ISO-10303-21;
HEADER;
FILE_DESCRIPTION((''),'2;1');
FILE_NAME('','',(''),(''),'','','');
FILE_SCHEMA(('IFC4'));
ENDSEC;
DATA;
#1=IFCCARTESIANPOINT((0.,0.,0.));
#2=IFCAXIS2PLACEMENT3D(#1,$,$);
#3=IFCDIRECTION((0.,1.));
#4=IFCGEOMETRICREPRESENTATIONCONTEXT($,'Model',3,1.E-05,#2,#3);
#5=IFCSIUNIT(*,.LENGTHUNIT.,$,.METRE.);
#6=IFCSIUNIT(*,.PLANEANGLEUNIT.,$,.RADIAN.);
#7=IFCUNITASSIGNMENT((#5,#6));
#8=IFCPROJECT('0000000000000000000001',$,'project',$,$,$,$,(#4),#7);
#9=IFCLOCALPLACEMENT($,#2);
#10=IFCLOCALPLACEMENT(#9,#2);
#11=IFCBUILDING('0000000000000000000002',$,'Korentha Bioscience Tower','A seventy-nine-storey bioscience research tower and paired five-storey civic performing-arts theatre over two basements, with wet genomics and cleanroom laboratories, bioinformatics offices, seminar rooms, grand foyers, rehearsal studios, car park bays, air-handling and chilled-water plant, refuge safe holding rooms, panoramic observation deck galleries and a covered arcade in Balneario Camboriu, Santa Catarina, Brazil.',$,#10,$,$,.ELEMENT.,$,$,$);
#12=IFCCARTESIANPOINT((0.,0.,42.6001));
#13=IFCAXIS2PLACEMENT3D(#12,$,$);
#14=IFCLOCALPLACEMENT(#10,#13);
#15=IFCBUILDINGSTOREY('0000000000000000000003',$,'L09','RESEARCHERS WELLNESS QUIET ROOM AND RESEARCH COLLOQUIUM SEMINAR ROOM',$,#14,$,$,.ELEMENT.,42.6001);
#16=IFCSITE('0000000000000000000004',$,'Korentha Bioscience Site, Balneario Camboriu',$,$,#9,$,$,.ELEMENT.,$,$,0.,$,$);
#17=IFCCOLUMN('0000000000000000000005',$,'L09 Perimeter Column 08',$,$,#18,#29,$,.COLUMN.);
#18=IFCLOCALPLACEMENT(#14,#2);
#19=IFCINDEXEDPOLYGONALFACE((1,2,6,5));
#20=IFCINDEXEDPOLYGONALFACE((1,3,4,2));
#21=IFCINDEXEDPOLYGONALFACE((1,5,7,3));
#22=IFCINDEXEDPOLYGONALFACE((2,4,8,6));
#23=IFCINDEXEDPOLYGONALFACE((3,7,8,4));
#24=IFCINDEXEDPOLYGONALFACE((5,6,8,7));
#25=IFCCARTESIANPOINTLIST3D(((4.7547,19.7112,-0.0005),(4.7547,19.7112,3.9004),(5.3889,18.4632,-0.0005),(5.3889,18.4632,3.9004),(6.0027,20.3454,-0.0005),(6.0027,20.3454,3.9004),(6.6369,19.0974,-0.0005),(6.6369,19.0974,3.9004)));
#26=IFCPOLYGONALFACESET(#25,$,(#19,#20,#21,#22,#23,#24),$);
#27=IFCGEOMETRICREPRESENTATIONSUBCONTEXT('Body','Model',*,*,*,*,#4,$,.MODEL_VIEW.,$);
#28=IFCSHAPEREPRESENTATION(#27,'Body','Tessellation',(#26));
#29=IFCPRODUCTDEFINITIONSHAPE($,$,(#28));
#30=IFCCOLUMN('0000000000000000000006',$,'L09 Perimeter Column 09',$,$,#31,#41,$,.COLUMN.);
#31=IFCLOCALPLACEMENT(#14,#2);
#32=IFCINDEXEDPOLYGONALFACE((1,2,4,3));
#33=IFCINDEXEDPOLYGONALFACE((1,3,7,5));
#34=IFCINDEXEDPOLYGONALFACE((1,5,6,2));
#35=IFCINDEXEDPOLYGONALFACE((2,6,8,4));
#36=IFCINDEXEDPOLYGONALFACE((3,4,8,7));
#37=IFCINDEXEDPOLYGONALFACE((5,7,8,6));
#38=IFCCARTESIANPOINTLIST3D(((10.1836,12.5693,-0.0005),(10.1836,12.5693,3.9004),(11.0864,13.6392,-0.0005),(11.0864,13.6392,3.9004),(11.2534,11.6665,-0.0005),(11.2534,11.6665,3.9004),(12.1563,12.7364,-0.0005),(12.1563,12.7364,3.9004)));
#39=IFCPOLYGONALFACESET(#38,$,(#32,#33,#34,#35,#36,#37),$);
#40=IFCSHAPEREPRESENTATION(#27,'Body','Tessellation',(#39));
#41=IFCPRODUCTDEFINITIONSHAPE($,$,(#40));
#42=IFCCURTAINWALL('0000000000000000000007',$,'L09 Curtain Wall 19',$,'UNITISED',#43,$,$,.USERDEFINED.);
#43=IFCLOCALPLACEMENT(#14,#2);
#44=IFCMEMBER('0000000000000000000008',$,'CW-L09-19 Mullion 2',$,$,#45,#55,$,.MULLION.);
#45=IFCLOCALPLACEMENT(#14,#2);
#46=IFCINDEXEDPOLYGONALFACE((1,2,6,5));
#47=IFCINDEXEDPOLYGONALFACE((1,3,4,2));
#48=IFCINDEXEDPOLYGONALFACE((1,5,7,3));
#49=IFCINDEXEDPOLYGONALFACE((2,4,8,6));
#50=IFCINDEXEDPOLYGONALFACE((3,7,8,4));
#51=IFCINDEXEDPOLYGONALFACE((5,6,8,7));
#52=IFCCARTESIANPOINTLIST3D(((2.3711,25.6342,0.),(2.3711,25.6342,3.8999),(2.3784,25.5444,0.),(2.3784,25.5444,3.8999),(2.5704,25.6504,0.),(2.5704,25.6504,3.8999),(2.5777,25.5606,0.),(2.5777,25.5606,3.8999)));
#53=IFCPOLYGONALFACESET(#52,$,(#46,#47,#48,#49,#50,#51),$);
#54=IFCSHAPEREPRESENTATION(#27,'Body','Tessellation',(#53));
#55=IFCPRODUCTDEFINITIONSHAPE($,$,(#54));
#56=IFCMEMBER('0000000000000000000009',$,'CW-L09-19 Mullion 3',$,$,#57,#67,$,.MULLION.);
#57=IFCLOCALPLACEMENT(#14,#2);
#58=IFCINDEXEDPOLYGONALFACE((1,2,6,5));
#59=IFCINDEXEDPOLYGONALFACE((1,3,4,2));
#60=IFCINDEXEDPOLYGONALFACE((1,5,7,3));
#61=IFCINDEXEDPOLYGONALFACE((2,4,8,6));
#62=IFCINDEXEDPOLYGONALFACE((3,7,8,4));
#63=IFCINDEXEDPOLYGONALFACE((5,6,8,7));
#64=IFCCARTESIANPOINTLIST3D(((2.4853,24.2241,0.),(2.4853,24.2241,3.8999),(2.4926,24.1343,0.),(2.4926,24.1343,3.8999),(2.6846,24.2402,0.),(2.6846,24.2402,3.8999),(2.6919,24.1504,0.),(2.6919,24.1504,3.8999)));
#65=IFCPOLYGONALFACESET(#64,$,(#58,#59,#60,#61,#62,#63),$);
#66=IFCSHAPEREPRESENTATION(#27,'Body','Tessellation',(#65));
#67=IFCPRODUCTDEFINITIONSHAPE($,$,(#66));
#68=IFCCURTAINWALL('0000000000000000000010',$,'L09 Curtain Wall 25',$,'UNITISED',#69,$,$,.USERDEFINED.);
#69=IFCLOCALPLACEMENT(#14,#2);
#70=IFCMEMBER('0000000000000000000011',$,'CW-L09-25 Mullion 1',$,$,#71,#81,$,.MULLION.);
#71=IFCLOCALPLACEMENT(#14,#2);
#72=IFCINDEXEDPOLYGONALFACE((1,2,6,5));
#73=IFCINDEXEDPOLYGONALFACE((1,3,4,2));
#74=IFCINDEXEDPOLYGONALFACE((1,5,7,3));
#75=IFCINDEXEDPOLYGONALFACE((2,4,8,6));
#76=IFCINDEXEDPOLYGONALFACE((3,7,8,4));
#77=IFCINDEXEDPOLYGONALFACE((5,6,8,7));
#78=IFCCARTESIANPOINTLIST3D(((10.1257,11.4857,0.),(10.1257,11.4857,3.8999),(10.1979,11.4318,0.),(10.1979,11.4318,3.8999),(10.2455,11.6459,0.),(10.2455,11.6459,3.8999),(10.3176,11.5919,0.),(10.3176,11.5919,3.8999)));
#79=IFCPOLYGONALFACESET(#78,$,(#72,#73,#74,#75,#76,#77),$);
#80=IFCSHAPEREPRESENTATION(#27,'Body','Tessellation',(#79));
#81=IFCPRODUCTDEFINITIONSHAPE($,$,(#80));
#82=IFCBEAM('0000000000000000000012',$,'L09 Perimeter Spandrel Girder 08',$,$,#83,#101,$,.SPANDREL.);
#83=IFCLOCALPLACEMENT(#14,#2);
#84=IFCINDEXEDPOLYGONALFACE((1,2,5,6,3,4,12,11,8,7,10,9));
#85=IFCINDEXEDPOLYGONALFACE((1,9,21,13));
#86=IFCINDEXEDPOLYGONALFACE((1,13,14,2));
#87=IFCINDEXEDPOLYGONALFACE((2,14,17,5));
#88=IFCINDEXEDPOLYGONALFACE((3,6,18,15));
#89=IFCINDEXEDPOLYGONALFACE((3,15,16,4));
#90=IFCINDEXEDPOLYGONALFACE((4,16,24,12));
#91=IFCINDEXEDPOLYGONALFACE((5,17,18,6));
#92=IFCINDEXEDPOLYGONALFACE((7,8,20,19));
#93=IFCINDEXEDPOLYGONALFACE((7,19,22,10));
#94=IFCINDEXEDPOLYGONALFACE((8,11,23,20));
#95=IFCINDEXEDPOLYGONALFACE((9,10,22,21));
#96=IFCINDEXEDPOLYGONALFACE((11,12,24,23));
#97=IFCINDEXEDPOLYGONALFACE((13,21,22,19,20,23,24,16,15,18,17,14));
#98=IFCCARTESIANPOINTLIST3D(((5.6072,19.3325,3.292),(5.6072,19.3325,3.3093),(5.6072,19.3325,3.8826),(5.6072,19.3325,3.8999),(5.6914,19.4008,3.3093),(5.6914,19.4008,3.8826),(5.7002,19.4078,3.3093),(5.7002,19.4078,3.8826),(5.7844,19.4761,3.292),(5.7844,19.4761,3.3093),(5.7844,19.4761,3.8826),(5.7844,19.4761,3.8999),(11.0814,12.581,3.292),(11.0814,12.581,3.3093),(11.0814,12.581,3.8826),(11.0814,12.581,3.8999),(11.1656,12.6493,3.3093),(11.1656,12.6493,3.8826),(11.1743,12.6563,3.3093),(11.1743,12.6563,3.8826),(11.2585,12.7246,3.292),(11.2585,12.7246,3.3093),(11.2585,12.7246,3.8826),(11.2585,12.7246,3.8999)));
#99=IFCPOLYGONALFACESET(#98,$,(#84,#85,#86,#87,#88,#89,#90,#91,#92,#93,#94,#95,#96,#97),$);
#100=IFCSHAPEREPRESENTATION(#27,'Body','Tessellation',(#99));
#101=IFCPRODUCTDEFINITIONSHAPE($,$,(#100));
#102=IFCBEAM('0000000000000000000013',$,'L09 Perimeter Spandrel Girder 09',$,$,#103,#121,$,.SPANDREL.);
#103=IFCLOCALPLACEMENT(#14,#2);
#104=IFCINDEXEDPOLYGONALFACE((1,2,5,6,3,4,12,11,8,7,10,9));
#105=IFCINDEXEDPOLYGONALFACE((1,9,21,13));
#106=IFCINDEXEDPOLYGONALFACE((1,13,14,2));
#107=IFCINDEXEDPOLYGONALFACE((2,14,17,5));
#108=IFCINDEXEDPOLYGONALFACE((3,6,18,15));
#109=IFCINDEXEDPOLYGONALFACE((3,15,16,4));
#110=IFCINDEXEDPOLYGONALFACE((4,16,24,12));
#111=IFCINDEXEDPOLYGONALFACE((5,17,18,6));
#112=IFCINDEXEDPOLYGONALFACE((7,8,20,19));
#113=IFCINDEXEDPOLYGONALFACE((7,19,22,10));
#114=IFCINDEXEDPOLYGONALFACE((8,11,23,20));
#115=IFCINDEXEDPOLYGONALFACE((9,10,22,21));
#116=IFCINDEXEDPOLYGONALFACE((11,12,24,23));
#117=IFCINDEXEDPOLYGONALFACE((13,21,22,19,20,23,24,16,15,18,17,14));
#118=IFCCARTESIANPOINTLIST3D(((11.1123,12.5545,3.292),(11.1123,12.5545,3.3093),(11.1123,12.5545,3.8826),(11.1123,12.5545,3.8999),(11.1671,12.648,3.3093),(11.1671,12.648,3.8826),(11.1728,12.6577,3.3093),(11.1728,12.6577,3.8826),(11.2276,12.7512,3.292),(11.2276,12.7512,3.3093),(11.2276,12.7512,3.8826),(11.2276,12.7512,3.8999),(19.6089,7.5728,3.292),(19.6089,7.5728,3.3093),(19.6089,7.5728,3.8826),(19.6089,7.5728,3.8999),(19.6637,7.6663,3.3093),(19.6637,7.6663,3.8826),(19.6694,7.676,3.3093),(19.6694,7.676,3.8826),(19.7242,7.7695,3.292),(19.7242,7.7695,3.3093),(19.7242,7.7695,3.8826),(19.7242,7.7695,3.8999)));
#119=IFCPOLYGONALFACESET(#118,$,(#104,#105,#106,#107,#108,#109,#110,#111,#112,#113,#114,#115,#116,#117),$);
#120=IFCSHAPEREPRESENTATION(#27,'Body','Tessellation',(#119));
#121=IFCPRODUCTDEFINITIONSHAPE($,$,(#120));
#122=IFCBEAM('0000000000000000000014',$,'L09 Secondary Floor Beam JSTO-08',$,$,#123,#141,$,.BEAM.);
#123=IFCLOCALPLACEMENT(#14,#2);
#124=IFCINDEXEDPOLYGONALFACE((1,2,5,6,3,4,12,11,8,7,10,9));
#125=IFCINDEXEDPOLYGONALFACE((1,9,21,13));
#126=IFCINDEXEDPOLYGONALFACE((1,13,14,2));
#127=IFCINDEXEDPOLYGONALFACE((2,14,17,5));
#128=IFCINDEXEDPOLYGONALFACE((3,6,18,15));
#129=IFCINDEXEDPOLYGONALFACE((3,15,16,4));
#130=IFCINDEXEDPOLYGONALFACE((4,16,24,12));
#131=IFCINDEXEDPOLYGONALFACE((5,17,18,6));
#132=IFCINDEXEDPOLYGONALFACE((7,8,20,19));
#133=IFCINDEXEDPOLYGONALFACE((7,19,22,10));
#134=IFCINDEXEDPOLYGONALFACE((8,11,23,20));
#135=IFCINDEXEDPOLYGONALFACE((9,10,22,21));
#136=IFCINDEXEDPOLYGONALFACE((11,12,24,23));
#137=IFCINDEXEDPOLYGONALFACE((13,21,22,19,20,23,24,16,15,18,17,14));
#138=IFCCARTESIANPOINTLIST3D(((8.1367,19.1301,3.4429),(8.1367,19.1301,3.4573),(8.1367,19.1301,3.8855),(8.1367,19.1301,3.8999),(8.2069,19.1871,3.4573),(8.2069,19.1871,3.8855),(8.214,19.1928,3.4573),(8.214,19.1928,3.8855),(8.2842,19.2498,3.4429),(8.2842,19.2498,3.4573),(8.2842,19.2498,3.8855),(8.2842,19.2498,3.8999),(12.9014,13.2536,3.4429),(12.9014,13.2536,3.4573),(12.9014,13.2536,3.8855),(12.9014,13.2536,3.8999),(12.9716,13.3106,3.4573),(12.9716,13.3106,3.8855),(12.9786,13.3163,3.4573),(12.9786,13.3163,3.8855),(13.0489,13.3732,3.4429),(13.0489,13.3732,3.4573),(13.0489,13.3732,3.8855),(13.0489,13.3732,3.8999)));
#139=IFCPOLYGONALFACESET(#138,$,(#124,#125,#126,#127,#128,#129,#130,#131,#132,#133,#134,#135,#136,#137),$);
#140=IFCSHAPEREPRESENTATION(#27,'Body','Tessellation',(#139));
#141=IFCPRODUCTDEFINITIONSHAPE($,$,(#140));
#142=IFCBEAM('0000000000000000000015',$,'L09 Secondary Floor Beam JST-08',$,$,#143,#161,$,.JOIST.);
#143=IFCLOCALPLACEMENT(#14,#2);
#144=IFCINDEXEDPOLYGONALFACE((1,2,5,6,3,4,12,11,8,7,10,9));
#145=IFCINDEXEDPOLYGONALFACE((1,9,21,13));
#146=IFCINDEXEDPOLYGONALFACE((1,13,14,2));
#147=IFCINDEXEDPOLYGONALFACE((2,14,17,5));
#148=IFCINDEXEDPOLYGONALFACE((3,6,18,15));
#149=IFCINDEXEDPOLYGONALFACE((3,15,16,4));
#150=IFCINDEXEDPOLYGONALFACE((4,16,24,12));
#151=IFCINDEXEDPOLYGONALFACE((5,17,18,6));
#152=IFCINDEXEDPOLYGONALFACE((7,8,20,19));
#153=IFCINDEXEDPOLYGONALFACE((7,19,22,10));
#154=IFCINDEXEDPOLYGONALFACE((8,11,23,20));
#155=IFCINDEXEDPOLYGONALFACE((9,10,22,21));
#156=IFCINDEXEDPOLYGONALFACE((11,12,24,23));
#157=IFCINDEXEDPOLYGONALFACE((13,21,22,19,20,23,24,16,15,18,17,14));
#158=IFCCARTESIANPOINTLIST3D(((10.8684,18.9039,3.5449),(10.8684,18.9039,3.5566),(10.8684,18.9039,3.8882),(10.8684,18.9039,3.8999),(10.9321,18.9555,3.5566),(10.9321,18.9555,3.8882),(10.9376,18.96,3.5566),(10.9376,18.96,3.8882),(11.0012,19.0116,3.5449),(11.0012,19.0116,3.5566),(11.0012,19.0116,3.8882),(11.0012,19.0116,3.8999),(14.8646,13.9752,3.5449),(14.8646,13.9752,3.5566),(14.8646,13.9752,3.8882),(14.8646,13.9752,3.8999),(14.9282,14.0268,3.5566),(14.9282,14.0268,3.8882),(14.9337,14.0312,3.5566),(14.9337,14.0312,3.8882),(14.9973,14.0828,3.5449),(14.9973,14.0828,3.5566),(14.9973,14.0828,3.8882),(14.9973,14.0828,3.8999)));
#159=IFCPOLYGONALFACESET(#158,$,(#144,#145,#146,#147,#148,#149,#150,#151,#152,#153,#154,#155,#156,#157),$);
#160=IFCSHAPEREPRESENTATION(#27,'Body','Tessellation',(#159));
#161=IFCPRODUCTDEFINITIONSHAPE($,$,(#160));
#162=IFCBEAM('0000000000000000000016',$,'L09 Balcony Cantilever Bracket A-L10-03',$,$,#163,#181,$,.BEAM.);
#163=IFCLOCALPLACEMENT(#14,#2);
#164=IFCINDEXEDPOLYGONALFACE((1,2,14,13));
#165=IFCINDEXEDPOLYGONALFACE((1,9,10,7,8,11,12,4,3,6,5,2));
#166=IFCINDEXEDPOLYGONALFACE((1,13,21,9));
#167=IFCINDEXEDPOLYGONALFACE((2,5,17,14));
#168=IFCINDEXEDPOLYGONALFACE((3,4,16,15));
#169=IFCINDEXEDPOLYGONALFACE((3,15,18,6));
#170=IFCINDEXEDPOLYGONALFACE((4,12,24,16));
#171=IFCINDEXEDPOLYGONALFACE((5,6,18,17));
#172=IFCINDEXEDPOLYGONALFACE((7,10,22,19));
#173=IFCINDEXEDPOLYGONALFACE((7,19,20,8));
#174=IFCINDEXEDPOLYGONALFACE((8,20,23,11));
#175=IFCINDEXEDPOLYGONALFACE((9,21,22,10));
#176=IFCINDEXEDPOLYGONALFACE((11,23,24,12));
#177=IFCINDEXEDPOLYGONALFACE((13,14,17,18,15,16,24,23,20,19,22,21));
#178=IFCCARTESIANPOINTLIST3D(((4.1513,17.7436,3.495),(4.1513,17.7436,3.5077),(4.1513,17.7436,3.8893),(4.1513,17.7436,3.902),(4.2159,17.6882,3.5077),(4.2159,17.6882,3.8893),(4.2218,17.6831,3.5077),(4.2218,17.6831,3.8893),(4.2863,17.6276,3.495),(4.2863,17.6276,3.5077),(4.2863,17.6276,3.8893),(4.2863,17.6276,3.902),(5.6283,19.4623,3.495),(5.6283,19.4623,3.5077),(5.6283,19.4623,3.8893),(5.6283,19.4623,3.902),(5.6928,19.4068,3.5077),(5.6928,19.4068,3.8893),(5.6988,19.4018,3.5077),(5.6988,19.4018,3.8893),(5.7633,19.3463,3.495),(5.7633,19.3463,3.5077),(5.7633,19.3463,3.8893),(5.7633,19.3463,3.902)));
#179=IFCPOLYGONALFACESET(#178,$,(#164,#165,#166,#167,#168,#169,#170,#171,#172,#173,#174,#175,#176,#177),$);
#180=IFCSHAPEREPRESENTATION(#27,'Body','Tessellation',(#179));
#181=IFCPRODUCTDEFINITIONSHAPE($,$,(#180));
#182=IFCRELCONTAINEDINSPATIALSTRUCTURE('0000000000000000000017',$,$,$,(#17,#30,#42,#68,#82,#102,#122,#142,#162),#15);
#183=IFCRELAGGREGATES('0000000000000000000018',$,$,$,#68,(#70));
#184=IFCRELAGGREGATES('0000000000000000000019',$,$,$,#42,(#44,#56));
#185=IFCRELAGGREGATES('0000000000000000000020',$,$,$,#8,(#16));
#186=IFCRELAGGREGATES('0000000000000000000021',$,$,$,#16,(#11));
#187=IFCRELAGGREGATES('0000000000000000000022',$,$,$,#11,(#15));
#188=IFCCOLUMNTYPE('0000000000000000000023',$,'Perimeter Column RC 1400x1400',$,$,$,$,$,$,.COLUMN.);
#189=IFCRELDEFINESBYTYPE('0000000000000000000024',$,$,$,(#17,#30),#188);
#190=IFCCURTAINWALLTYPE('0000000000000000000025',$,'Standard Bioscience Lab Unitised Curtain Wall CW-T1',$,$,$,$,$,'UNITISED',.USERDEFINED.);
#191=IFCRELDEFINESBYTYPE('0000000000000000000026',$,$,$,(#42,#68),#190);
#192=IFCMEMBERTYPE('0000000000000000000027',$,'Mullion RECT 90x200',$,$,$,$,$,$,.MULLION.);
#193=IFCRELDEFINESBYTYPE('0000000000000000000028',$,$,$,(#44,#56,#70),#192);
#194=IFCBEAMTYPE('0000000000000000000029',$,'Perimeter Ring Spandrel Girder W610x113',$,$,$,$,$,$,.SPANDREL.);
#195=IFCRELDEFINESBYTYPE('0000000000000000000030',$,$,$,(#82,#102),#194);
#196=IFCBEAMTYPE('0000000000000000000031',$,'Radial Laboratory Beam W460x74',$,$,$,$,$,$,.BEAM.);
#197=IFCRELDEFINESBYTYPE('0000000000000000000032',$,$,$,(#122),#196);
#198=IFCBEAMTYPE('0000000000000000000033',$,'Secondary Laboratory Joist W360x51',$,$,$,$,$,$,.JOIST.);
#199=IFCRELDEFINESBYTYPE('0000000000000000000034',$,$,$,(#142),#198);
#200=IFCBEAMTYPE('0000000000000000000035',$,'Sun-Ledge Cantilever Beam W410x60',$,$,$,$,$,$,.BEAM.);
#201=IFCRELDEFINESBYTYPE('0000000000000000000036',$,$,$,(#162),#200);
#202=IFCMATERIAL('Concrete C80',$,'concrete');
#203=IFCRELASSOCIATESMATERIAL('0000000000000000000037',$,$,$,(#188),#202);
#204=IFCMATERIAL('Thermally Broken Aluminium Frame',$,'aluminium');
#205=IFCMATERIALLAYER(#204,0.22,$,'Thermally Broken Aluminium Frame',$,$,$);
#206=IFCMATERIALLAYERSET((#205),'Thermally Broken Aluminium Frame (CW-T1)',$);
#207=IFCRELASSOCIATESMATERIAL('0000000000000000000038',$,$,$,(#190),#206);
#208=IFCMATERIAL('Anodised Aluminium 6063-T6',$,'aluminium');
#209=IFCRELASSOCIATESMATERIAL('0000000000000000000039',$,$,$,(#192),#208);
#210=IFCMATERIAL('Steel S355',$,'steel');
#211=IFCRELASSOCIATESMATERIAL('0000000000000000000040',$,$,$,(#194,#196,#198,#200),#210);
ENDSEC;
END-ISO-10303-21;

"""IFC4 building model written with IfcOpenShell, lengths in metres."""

from ifc_helpers import new_model, si_unit, direction, frame, origin, origin_2d, place, context, subcontext, project, spatial, rectangle, i_section, extrude, material, layer, layer_set, material_profile, profile_set, type_object, element, aggregate, save


model = new_model("IFC4")

# Units and contexts
model_context = context("Model", 3, precision=1e-05, world=origin(), true_north=direction((0.0, 1.0)))
body_context = subcontext(model_context, "Body", "Model", "MODEL_VIEW")
ifc_project = project(units=[si_unit("LENGTHUNIT", "METRE"), si_unit("PLANEANGLEUNIT", "RADIAN")], contexts=[model_context])

# Site, building, storey
site_placement = place(None, origin())
site = spatial("IfcSite", under=ifc_project, at=site_placement, Name="Korentha Bioscience Site, Balneario Camboriu", CompositionType="ELEMENT", RefElevation=0.0)
building_placement = place(site_placement, origin())
building = spatial("IfcBuilding", under=site, at=building_placement, Name="Korentha Bioscience Tower", Description="A seventy-nine-storey bioscience research tower and paired five-storey civic performing-arts theatre over two basements, with wet genomics and cleanroom laboratories, bioinformatics offices, seminar rooms, grand foyers, rehearsal studios, car park bays, air-handling and chilled-water plant, refuge safe holding rooms, panoramic observation deck galleries and a covered arcade in Balneario Camboriu, Santa Catarina, Brazil.", CompositionType="ELEMENT")
storey_placement = place(building_placement, frame((0.0, 0.0, 42.6001)))
storey = spatial("IfcBuildingStorey", under=building, at=storey_placement, Name="L09", Description="RESEARCHERS WELLNESS QUIET ROOM AND RESEARCH COLLOQUIUM SEMINAR ROOM", CompositionType="ELEMENT", Elevation=42.6001)

# Columns
ifc_material_1 = material(Name="Concrete C80", Category="concrete")
ifc_material_profile_1 = material_profile(ifc_material_1, rectangle(XDim=1.3999, YDim=1.3999, at=origin_2d()), Name="Concrete C80")
ifc_profile_set_1 = profile_set([ifc_material_profile_1], Name="Concrete C80 (COL-P14)")
column_type = type_object("IfcColumnType", Name="Perimeter Column RC 1400x1400", PredefinedType="COLUMN", material=ifc_profile_set_1)
for number, where, z_axis, x_axis, name in (
    (1, (5.6958, 19.4043, -0.0005), (0.0, 0.0, 1.0), (-0.453057, 0.891481, 0.0), "L09 Perimeter Column 08"),
    (2, (11.1699, 12.6528, -0.0005), (0.0, 0.0, 1.0), (-0.764246, 0.644924, 0.0), "L09 Perimeter Column 09"),
):
    element("IfcColumn", number, at=place(storey_placement, frame(where, z_axis=z_axis, x_axis=x_axis)), inside=storey, type_object=column_type, Name=name, PredefinedType="COLUMN", context=body_context, shape_type="SweptSolid", body=[
        extrude(rectangle(XDim=1.3999, YDim=1.3999, at=origin_2d()), origin(), (0.0, 0.0, 1.0), 3.9009),
    ])

# Curtain wall, members
ifc_material_2 = material(Name="Thermally Broken Aluminium Frame", Category="aluminium")
ifc_layer_1 = layer(ifc_material_2, 0.22, Name="Thermally Broken Aluminium Frame")
ifc_layer_set_1 = layer_set([ifc_layer_1], Name="Thermally Broken Aluminium Frame (CW-T1)")
curtain_wall_type = type_object("IfcCurtainWallType", Name="Standard Bioscience Lab Unitised Curtain Wall CW-T1", ElementType="UNITISED", PredefinedType="USERDEFINED", material=ifc_layer_set_1)
curtain_wall_1_placement = place(storey_placement, origin())
curtain_wall_1 = element("IfcCurtainWall", 3, at=curtain_wall_1_placement, inside=storey, type_object=curtain_wall_type, Name="L09 Curtain Wall 19", ObjectType="UNITISED", PredefinedType="USERDEFINED")
ifc_material_3 = material(Name="Anodised Aluminium 6063-T6", Category="aluminium")
ifc_material_profile_2 = material_profile(ifc_material_3, rectangle(XDim=0.0901, YDim=0.2, at=origin_2d()), Name="Anodised Aluminium 6063-T6")
ifc_profile_set_2 = profile_set([ifc_material_profile_2], Name="Anodised Aluminium 6063-T6 (CW-MUL)")
member_type_1 = type_object("IfcMemberType", Name="Mullion RECT 90x200", PredefinedType="MULLION", material=ifc_profile_set_2)
member_1_placement = place(storey_placement, frame((2.4744, 25.5974, 0.0), z_axis=(0.0, 0.0, 1.0), x_axis=(0.08082, -0.996729, 0.0)))
member_1 = element("IfcMember", 4, at=member_1_placement, type_object=member_type_1, Name="CW-L09-19 Mullion 2", PredefinedType="MULLION", context=body_context, shape_type="SweptSolid", body=[
    extrude(rectangle(XDim=0.0901, YDim=0.2, at=origin_2d()), origin(), (0.0, 0.0, 1.0), 3.8999),
])
member_2_placement = place(storey_placement, frame((2.5886, 24.1873, 0.0), z_axis=(0.0, 0.0, 1.0), x_axis=(0.08082, -0.996729, 0.0)))
member_2 = element("IfcMember", 5, at=member_2_placement, type_object=member_type_1, Name="CW-L09-19 Mullion 3", PredefinedType="MULLION", context=body_context, shape_type="SweptSolid", body=[
    extrude(rectangle(XDim=0.0901, YDim=0.2, at=origin_2d()), origin(), (0.0, 0.0, 1.0), 3.8999),
])

# Curtain wall, member
curtain_wall_2_placement = place(storey_placement, origin())
curtain_wall_2 = element("IfcCurtainWall", 6, at=curtain_wall_2_placement, inside=storey, type_object=curtain_wall_type, Name="L09 Curtain Wall 25", ObjectType="UNITISED", PredefinedType="USERDEFINED")
member_3_placement = place(storey_placement, frame((10.2217, 11.5388, 0.0), z_axis=(0.0, 0.0, 1.0), x_axis=(0.800798, -0.598935, 0.0)))
member_3 = element("IfcMember", 7, at=member_3_placement, type_object=member_type_1, Name="CW-L09-25 Mullion 1", PredefinedType="MULLION", context=body_context, shape_type="SweptSolid", body=[
    extrude(rectangle(XDim=0.0901, YDim=0.2, at=origin_2d()), origin(), (0.0, 0.0, 1.0), 3.8999),
])
aggregate(curtain_wall_2, [member_3])

# Beams
ifc_material_4 = material(Name="Steel S355", Category="steel")
ifc_material_profile_3 = material_profile(ifc_material_4, i_section(OverallWidth=0.228, OverallDepth=0.6079, WebThickness=0.0112, FlangeThickness=0.0173, at=origin_2d()), Name="Steel S355")
ifc_profile_set_3 = profile_set([ifc_material_profile_3], Name="Steel S355 (SB-610)")
beam_type_1 = type_object("IfcBeamType", Name="Perimeter Ring Spandrel Girder W610x113", PredefinedType="SPANDREL", material=ifc_profile_set_3)
beam_1_placement = place(storey_placement, frame((5.6958, 19.4043, 3.5959), z_axis=(0.629799, -0.776758, 0.0), x_axis=(0.776758, 0.629799, 0.0)))
element("IfcBeam", 8, at=beam_1_placement, inside=storey, type_object=beam_type_1, Name="L09 Perimeter Spandrel Girder 08", PredefinedType="SPANDREL", context=body_context, shape_type="SweptSolid", body=[
    extrude(i_section(OverallWidth=0.228, OverallDepth=0.6079, WebThickness=0.0112, FlangeThickness=0.0173, at=origin_2d()), origin(), (0.0, 0.0, 1.0), 8.6919),
])
beam_2_placement = place(storey_placement, frame((11.1699, 12.6528, 3.5959), z_axis=(0.862657, -0.50579, 0.0), x_axis=(0.50579, 0.862657, 0.0)))
element("IfcBeam", 9, at=beam_2_placement, inside=storey, type_object=beam_type_1, Name="L09 Perimeter Spandrel Girder 09", PredefinedType="SPANDREL", context=body_context, shape_type="SweptSolid", body=[
    extrude(i_section(OverallWidth=0.228, OverallDepth=0.6079, WebThickness=0.0112, FlangeThickness=0.0173, at=origin_2d()), origin(), (0.0, 0.0, 1.0), 9.8494),
])
ifc_material_profile_4 = material_profile(ifc_material_4, i_section(OverallWidth=0.1899, OverallDepth=0.457, WebThickness=0.009, FlangeThickness=0.0144, at=origin_2d()), Name="Steel S355")
ifc_profile_set_4 = profile_set([ifc_material_profile_4], Name="Steel S355 (RB-460)")
beam_type_2 = type_object("IfcBeamType", Name="Radial Laboratory Beam W460x74", PredefinedType="BEAM", material=ifc_profile_set_4)
beam_3_placement = place(storey_placement, frame((8.2104, 19.1899, 3.6714), z_axis=(0.629798, -0.776759, 0.0), x_axis=(0.776759, 0.629798, 0.0)))
element("IfcBeam", 10, at=beam_3_placement, inside=storey, type_object=beam_type_2, Name="L09 Secondary Floor Beam JSTO-08", PredefinedType="BEAM", context=body_context, shape_type="SweptSolid", body=[
    extrude(i_section(OverallWidth=0.1899, OverallDepth=0.457, WebThickness=0.009, FlangeThickness=0.0144, at=origin_2d()), origin(), (0.0, 0.0, 1.0), 7.5654),
])
ifc_material_profile_5 = material_profile(ifc_material_4, i_section(OverallWidth=0.1709, OverallDepth=0.355, WebThickness=0.0071, FlangeThickness=0.0117, at=origin_2d()), Name="Steel S355")
ifc_profile_set_5 = profile_set([ifc_material_profile_5], Name="Steel S355 (JB-360)")
beam_type_3 = type_object("IfcBeamType", Name="Secondary Laboratory Joist W360x51", PredefinedType="JOIST", material=ifc_profile_set_5)
beam_4_placement = place(storey_placement, frame((10.9348, 18.9578, 3.7224), z_axis=(0.629787, -0.776768, 0.0), x_axis=(0.776768, 0.629787, 0.0)))
element("IfcBeam", 11, at=beam_4_placement, inside=storey, type_object=beam_type_3, Name="L09 Secondary Floor Beam JST-08", PredefinedType="JOIST", context=body_context, shape_type="SweptSolid", body=[
    extrude(i_section(OverallWidth=0.1709, OverallDepth=0.355, WebThickness=0.0071, FlangeThickness=0.0117, at=origin_2d()), origin(), (0.0, 0.0, 1.0), 6.3452),
])
ifc_material_profile_6 = material_profile(ifc_material_4, i_section(OverallWidth=0.178, OverallDepth=0.407, WebThickness=0.0078, FlangeThickness=0.0127, at=origin_2d()), Name="Steel S355")
ifc_profile_set_6 = profile_set([ifc_material_profile_6], Name="Steel S355 (CB-410)")
beam_type_4 = type_object("IfcBeamType", Name="Sun-Ledge Cantilever Beam W410x60", PredefinedType="BEAM", material=ifc_profile_set_6)
beam_5_placement = place(storey_placement, frame((5.6958, 19.4043, 3.6985), z_axis=(-0.651767, -0.758419, 0.0), x_axis=(0.758419, -0.651767, 0.0)))
element("IfcBeam", 12, at=beam_5_placement, inside=storey, type_object=beam_type_4, Name="L09 Balcony Cantilever Bracket A-L10-03", PredefinedType="BEAM", context=body_context, shape_type="SweptSolid", body=[
    extrude(i_section(OverallWidth=0.178, OverallDepth=0.407, WebThickness=0.0078, FlangeThickness=0.0127, at=origin_2d()), origin(), (0.0, 0.0, 1.0), 2.2661),
])

aggregate(curtain_wall_1, [member_1, member_2])

save(model, "model.ifc")
